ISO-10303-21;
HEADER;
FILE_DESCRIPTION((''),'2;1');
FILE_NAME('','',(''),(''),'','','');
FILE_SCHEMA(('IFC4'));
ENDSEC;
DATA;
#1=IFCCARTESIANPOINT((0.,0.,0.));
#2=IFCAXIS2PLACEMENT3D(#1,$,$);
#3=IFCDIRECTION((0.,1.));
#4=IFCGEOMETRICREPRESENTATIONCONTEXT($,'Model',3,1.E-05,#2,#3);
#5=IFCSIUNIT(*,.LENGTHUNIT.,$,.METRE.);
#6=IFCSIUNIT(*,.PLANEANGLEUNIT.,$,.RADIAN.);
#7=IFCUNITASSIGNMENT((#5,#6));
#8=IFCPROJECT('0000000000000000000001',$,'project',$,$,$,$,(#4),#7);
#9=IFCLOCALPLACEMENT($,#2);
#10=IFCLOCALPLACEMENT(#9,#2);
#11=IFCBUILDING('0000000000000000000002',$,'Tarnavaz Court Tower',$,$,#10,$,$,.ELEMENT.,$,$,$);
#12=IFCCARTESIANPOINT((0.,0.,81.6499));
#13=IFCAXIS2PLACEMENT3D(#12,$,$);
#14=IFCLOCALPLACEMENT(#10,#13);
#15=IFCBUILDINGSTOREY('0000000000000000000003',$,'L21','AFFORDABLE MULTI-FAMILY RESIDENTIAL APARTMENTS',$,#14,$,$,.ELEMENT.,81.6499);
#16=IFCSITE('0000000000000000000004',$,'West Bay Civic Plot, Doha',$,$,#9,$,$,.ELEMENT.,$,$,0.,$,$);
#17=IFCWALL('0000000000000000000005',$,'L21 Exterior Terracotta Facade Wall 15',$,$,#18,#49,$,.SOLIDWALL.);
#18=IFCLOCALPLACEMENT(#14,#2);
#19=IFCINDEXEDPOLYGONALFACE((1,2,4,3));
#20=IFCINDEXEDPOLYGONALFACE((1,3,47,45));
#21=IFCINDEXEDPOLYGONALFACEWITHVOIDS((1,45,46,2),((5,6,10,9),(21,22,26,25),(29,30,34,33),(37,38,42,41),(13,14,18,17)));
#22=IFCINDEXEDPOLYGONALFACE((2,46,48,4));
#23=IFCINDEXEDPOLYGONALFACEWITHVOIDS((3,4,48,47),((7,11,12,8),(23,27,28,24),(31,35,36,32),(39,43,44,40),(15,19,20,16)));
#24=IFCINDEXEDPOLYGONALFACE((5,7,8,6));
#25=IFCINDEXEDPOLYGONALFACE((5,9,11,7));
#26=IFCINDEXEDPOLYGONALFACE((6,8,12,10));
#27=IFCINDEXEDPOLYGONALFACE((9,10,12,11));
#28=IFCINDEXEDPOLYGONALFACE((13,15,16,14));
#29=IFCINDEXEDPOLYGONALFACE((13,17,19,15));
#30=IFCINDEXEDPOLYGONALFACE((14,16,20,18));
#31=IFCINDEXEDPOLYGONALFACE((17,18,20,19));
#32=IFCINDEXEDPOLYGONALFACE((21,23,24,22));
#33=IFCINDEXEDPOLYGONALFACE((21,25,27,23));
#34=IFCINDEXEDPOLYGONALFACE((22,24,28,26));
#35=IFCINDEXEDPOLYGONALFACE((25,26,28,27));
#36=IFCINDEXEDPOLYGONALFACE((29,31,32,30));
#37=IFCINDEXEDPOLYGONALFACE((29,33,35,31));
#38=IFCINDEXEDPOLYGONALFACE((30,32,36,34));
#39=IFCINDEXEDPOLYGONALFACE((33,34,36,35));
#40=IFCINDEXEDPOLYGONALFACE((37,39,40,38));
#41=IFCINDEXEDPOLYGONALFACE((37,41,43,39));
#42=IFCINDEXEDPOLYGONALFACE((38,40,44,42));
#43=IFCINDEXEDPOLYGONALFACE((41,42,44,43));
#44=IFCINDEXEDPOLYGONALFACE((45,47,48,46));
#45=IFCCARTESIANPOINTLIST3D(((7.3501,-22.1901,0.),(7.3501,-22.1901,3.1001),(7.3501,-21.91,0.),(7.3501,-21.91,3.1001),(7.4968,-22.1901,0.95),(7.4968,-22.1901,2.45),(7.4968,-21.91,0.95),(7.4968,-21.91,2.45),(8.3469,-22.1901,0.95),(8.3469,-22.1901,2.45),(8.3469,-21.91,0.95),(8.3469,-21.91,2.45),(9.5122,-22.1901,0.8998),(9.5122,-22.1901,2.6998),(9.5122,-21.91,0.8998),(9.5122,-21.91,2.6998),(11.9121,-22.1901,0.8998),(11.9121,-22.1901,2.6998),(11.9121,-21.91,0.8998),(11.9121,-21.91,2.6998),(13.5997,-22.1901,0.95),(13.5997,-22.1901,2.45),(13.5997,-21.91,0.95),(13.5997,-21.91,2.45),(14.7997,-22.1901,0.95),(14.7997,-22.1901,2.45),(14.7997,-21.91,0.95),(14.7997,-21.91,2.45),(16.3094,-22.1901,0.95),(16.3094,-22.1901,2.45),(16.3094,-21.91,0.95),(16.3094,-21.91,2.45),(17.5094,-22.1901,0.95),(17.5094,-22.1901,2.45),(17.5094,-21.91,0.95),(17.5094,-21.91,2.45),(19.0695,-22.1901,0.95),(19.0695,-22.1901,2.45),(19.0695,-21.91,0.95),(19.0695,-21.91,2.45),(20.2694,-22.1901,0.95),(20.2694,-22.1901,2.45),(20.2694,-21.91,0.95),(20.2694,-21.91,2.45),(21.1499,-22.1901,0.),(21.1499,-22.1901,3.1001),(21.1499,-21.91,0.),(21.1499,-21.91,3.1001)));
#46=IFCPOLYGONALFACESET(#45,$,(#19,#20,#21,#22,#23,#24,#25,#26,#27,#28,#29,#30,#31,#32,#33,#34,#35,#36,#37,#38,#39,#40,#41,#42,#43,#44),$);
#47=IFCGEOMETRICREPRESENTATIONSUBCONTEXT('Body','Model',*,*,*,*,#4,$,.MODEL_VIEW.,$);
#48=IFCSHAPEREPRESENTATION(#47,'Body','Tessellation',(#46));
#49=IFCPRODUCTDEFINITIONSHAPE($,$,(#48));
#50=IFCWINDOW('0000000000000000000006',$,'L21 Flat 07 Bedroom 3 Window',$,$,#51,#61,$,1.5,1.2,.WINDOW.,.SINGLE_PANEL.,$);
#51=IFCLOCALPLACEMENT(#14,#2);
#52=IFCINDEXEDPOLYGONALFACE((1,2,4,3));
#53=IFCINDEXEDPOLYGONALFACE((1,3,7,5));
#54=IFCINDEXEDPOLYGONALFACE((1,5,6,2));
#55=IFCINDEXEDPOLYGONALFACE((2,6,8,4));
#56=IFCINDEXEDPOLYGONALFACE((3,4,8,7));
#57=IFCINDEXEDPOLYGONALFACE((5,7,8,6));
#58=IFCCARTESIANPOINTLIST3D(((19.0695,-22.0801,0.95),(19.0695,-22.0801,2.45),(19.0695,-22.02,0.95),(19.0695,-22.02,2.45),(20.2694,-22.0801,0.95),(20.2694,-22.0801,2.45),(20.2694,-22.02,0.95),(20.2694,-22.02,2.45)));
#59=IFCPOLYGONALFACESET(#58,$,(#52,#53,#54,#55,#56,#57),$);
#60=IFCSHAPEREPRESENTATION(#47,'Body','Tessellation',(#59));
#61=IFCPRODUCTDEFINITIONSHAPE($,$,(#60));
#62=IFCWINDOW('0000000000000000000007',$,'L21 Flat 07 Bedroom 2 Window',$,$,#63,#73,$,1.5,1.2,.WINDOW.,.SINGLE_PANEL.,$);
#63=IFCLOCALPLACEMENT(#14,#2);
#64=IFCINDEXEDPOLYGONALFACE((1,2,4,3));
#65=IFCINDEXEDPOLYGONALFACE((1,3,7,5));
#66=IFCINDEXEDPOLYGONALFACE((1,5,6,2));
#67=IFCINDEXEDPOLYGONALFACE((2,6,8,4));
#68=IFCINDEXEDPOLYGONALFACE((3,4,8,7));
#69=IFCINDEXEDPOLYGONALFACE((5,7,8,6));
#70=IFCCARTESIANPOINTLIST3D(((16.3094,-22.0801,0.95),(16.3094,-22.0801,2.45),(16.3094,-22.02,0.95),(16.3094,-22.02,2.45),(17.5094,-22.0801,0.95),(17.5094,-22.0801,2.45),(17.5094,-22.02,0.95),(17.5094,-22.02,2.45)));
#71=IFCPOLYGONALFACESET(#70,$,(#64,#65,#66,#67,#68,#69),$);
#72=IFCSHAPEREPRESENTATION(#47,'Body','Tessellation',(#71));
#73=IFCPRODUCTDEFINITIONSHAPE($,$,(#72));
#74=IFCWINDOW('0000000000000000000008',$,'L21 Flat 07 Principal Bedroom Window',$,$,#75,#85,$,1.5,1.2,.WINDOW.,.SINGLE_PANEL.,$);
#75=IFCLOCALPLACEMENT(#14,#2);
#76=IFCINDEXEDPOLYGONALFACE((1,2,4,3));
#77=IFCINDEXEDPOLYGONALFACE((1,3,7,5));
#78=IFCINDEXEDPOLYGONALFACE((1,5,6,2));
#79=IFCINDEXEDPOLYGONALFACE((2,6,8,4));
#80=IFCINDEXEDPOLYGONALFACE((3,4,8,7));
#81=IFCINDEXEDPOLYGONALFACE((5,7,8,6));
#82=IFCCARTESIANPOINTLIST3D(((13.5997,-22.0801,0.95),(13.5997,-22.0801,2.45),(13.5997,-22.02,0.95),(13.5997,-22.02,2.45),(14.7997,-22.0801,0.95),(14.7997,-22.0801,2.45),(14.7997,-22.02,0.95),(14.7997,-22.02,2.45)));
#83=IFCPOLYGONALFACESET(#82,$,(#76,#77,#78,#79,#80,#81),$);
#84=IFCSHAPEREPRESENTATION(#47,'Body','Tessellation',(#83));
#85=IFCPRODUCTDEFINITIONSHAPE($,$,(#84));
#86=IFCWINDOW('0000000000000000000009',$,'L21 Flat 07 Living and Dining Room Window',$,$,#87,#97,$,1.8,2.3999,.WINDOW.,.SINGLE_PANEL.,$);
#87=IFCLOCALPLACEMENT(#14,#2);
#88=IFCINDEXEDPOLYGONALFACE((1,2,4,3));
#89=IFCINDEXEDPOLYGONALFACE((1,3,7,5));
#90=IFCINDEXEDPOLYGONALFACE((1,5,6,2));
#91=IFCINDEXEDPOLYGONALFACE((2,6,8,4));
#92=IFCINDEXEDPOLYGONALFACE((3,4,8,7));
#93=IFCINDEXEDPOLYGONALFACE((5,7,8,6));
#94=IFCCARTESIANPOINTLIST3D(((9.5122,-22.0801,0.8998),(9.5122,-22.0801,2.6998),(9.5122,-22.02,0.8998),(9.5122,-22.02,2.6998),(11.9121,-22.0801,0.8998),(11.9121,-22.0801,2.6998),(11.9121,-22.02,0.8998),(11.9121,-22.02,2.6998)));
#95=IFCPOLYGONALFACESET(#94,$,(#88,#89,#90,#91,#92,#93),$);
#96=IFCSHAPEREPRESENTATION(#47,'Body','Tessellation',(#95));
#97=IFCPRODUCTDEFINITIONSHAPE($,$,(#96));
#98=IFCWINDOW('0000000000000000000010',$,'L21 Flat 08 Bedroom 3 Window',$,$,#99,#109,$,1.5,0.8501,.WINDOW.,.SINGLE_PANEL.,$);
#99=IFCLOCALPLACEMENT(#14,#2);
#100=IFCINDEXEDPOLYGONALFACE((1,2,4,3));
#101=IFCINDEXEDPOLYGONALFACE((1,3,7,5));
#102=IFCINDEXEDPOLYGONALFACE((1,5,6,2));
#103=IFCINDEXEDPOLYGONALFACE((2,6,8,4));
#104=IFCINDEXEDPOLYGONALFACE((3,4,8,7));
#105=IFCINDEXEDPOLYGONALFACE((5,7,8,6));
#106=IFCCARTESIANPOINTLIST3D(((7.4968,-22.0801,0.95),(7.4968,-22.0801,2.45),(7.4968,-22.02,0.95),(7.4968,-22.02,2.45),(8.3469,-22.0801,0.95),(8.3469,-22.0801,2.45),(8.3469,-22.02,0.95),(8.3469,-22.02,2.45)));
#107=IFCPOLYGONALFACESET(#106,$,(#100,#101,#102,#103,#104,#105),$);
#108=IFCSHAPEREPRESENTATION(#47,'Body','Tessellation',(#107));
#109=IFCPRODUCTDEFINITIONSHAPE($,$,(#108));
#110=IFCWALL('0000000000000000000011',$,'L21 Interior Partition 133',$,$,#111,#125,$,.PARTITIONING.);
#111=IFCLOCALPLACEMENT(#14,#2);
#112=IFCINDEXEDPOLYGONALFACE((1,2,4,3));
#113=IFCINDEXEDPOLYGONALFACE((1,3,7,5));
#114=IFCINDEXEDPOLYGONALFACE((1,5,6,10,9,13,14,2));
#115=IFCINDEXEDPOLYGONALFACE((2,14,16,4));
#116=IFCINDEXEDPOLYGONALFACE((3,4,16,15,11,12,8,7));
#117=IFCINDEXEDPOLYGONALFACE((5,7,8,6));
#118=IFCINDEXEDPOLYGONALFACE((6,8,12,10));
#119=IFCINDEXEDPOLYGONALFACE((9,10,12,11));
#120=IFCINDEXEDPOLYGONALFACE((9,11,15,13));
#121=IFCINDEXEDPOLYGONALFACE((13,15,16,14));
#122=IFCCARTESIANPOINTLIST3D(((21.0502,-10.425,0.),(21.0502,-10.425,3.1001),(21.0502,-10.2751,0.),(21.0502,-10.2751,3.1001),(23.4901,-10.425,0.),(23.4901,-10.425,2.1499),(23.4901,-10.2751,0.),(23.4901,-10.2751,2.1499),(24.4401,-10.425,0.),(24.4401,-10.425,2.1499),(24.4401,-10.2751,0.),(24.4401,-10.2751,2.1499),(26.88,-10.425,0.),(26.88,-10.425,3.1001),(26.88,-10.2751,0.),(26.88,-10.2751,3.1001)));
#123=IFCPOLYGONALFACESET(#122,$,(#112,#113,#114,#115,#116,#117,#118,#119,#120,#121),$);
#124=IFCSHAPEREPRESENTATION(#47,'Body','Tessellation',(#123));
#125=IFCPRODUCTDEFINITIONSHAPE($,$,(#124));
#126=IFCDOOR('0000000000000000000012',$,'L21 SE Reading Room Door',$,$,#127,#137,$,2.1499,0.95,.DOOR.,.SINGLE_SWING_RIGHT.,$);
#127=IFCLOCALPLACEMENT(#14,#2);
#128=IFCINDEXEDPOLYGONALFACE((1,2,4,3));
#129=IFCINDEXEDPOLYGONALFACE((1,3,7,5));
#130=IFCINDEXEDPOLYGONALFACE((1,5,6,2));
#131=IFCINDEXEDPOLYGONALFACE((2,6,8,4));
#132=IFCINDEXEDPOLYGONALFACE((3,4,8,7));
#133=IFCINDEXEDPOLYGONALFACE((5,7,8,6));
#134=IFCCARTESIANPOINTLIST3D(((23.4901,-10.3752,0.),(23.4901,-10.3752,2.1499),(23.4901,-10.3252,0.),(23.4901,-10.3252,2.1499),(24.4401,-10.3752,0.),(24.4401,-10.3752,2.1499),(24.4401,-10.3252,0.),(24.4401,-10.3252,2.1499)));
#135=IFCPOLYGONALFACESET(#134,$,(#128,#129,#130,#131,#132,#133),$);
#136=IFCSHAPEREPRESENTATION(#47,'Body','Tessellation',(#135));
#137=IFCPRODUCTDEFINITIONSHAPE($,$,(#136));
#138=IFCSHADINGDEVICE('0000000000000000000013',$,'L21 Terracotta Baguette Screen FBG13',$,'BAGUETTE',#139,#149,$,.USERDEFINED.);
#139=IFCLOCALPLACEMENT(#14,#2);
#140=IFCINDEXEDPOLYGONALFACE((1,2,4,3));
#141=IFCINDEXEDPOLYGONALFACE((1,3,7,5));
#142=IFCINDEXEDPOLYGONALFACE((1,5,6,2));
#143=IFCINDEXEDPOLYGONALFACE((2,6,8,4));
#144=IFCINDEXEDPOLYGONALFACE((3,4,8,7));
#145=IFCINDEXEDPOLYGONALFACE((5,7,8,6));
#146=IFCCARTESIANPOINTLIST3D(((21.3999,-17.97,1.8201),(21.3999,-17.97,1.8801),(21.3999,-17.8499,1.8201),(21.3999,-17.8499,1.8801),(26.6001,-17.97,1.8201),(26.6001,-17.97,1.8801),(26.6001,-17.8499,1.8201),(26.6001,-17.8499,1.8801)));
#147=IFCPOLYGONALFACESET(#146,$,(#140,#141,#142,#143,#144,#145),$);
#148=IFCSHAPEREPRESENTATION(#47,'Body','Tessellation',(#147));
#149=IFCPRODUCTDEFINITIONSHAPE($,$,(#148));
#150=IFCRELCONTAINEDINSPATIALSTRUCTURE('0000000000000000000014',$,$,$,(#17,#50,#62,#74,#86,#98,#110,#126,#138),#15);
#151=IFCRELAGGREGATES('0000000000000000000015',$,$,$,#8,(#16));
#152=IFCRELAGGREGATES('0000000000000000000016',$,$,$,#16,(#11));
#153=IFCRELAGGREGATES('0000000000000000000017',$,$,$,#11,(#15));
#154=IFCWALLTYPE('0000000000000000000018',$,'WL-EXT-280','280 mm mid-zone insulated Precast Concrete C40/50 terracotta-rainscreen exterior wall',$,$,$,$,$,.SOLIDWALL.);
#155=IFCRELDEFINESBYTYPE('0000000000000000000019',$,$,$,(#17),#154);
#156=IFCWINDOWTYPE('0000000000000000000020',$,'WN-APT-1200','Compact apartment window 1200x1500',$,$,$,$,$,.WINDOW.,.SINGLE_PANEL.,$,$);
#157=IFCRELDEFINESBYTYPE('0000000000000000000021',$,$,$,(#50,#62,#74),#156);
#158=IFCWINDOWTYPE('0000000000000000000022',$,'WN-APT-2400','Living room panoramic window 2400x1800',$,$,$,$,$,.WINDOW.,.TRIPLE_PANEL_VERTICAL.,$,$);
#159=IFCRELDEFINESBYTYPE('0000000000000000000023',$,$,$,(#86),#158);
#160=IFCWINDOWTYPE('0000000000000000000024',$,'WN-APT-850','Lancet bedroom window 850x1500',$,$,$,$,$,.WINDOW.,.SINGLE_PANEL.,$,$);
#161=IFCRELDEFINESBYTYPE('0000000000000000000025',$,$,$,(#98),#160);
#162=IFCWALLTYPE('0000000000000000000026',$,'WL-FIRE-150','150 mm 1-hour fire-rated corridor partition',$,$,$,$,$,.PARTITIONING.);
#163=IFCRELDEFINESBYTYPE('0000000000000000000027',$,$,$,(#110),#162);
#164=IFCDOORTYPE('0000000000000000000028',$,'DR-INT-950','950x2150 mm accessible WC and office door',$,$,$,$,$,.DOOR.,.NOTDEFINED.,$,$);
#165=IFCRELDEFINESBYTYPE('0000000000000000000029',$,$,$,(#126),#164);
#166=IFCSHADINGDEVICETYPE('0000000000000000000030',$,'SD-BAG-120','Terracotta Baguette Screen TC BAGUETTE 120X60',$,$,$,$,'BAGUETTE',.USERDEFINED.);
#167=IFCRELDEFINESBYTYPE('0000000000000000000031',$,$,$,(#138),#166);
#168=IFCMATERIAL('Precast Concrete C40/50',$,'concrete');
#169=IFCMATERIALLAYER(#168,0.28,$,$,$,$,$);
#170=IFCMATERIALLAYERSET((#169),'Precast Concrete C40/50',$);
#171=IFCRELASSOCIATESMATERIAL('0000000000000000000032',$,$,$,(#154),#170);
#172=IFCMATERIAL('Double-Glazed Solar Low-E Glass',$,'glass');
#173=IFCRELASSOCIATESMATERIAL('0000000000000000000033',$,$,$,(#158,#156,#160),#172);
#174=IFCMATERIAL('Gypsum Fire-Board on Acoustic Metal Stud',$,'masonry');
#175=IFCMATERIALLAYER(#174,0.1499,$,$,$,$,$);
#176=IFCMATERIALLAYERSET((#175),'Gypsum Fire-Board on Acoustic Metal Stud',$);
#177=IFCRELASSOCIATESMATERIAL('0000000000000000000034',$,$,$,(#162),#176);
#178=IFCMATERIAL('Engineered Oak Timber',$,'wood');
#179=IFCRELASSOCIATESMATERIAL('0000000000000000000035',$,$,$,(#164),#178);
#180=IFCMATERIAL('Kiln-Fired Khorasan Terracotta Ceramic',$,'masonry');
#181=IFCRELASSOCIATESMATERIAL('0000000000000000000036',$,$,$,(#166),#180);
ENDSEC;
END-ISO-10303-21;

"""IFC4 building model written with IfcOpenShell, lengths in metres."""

from ifc_helpers import new_model, si_unit, direction, frame, frame_2d, origin, origin_2d, place, context, subcontext, project, spatial, rectangle, extrude, material, layer, layer_set, material_profile, profile_set, type_object, element, fill, save


model = new_model("IFC4")

# Units and contexts
model_context = context("Model", 3, precision=1e-05, world=origin(), true_north=direction((0.0, 1.0)))
body_context = subcontext(model_context, "Body", "Model", "MODEL_VIEW")
ifc_project = project(units=[si_unit("LENGTHUNIT", "METRE"), si_unit("PLANEANGLEUNIT", "RADIAN")], contexts=[model_context])

# Site, building, storey
site_placement = place(None, origin())
site = spatial("IfcSite", under=ifc_project, at=site_placement, Name="West Bay Civic Plot, Doha", CompositionType="ELEMENT", RefElevation=0.0)
building_placement = place(site_placement, origin())
building = spatial("IfcBuilding", under=site, at=building_placement, Name="Tarnavaz Court Tower", CompositionType="ELEMENT")
storey_placement = place(building_placement, frame((0.0, 0.0, 81.6499)))
storey = spatial("IfcBuildingStorey", under=building, at=storey_placement, Name="L21", Description="AFFORDABLE MULTI-FAMILY RESIDENTIAL APARTMENTS", CompositionType="ELEMENT", Elevation=81.6499)

# Shared definitions
ifc_material_1 = material(Name="Precast Concrete C40/50", Category="concrete")
ifc_layer_1 = layer(ifc_material_1, 0.28)
ifc_layer_set_1 = layer_set([ifc_layer_1], Name="Precast Concrete C40/50")
wall_type_1 = type_object("IfcWallType", Name="WL-EXT-280", Description="280 mm mid-zone insulated Precast Concrete C40/50 terracotta-rainscreen exterior wall", PredefinedType="SOLIDWALL", material=ifc_layer_set_1)
ifc_material_2 = material(Name="Double-Glazed Solar Low-E Glass", Category="glass")
window_type_1 = type_object("IfcWindowType", Name="WN-APT-2400", Description="Living room panoramic window 2400x1800", PartitioningType="TRIPLE_PANEL_VERTICAL", PredefinedType="WINDOW", material=ifc_material_2)

# Wall, openings, windows
wall_1_placement = place(storey_placement, frame((21.1499, -22.05, 0.0), z_axis=(0.0, 0.0, 1.0), x_axis=(-1.0, 0.0, 0.0)))
wall_1 = element("IfcWall", 1, at=wall_1_placement, inside=storey, type_object=wall_type_1, Name="L21 Exterior Terracotta Facade Wall 15", PredefinedType="SOLIDWALL", context=body_context, shape_type="SweptSolid", body=[
    extrude(rectangle(XDim=13.7998, YDim=0.28, at=frame_2d((6.8999, 0.0))), origin(), (0.0, 0.0, 1.0), 3.1001),
])
opening_1_placement = place(wall_1_placement, frame((0.8804, 0.0, 0.95)))
opening_1 = element("IfcOpeningElement", 2, at=opening_1_placement, cuts=wall_1, PredefinedType="OPENING", context=body_context, shape_type="SweptSolid", body=[
    extrude(rectangle(XDim=1.2, YDim=1.5, at=frame_2d((0.6001, 0.75))), frame((0.0, 0.1499, 0.0), z_axis=(0.0, -1.0, 0.0), x_axis=(1.0, 0.0, 0.0)), (0.0, 0.0, 1.0), 0.3),
])
opening_2_placement = place(wall_1_placement, frame((3.6404, 0.0, 0.95)))
opening_2 = element("IfcOpeningElement", 3, at=opening_2_placement, cuts=wall_1, PredefinedType="OPENING", context=body_context, shape_type="SweptSolid", body=[
    extrude(rectangle(XDim=1.2, YDim=1.5, at=frame_2d((0.6001, 0.75))), frame((0.0, 0.1499, 0.0), z_axis=(0.0, -1.0, 0.0), x_axis=(1.0, 0.0, 0.0)), (0.0, 0.0, 1.0), 0.3),
])
opening_3_placement = place(wall_1_placement, frame((6.3501, 0.0, 0.95)))
opening_3 = element("IfcOpeningElement", 4, at=opening_3_placement, cuts=wall_1, PredefinedType="OPENING", context=body_context, shape_type="SweptSolid", body=[
    extrude(rectangle(XDim=1.2, YDim=1.5, at=frame_2d((0.6001, 0.75))), frame((0.0, 0.1499, 0.0), z_axis=(0.0, -1.0, 0.0), x_axis=(1.0, 0.0, 0.0)), (0.0, 0.0, 1.0), 0.3),
])
opening_4_placement = place(wall_1_placement, frame((9.2378, 0.0, 0.8999)))
opening_4 = element("IfcOpeningElement", 5, at=opening_4_placement, cuts=wall_1, PredefinedType="OPENING", context=body_context, shape_type="SweptSolid", body=[
    extrude(rectangle(XDim=2.3999, YDim=1.8, at=frame_2d((1.2, 0.8999))), frame((0.0, 0.1499, 0.0), z_axis=(0.0, -1.0, 0.0), x_axis=(1.0, 0.0, 0.0)), (0.0, 0.0, 1.0), 0.3),
])
opening_5_placement = place(wall_1_placement, frame((12.803, 0.0, 0.95)))
opening_5 = element("IfcOpeningElement", 6, at=opening_5_placement, cuts=wall_1, PredefinedType="OPENING", context=body_context, shape_type="SweptSolid", body=[
    extrude(rectangle(XDim=0.8501, YDim=1.5, at=frame_2d((0.425, 0.75))), frame((0.0, 0.1499, 0.0), z_axis=(0.0, -1.0, 0.0), x_axis=(1.0, 0.0, 0.0)), (0.0, 0.0, 1.0), 0.3),
])
window_type_2 = type_object("IfcWindowType", Name="WN-APT-1200", Description="Compact apartment window 1200x1500", PartitioningType="SINGLE_PANEL", PredefinedType="WINDOW", material=ifc_material_2)
window_1_placement = place(opening_1_placement, origin())
window_1 = element("IfcWindow", 7, at=window_1_placement, inside=storey, type_object=window_type_2, Name="L21 Flat 07 Bedroom 3 Window", OverallHeight=1.5, OverallWidth=1.2, PartitioningType="SINGLE_PANEL", PredefinedType="WINDOW", context=body_context, shape_type="SweptSolid", body=[
    extrude(rectangle(XDim=1.2, YDim=1.5, at=frame_2d((0.6001, 0.75))), frame((0.0, 0.03, 0.0), z_axis=(0.0, -1.0, 0.0), x_axis=(1.0, 0.0, 0.0)), (0.0, 0.0, 1.0), 0.0601),
])
fill(opening_1, window_1)
window_2_placement = place(opening_2_placement, origin())
window_2 = element("IfcWindow", 8, at=window_2_placement, inside=storey, type_object=window_type_2, Name="L21 Flat 07 Bedroom 2 Window", OverallHeight=1.5, OverallWidth=1.2, PartitioningType="SINGLE_PANEL", PredefinedType="WINDOW", context=body_context, shape_type="SweptSolid", body=[
    extrude(rectangle(XDim=1.2, YDim=1.5, at=frame_2d((0.6001, 0.75))), frame((0.0, 0.03, 0.0), z_axis=(0.0, -1.0, 0.0), x_axis=(1.0, 0.0, 0.0)), (0.0, 0.0, 1.0), 0.0601),
])
fill(opening_2, window_2)
window_3_placement = place(opening_3_placement, origin())
window_3 = element("IfcWindow", 9, at=window_3_placement, inside=storey, type_object=window_type_2, Name="L21 Flat 07 Principal Bedroom Window", OverallHeight=1.5, OverallWidth=1.2, PartitioningType="SINGLE_PANEL", PredefinedType="WINDOW", context=body_context, shape_type="SweptSolid", body=[
    extrude(rectangle(XDim=1.2, YDim=1.5, at=frame_2d((0.6001, 0.75))), frame((0.0, 0.03, 0.0), z_axis=(0.0, -1.0, 0.0), x_axis=(1.0, 0.0, 0.0)), (0.0, 0.0, 1.0), 0.0601),
])
fill(opening_3, window_3)
window_4_placement = place(opening_4_placement, origin())
window_4 = element("IfcWindow", 10, at=window_4_placement, inside=storey, type_object=window_type_1, Name="L21 Flat 07 Living and Dining Room Window", OverallHeight=1.8, OverallWidth=2.3999, PartitioningType="SINGLE_PANEL", PredefinedType="WINDOW", context=body_context, shape_type="SweptSolid", body=[
    extrude(rectangle(XDim=2.3999, YDim=1.8, at=frame_2d((1.2, 0.8999))), frame((0.0, 0.03, 0.0), z_axis=(0.0, -1.0, 0.0), x_axis=(1.0, 0.0, 0.0)), (0.0, 0.0, 1.0), 0.0601),
])
fill(opening_4, window_4)
window_type_3 = type_object("IfcWindowType", Name="WN-APT-850", Description="Lancet bedroom window 850x1500", PartitioningType="SINGLE_PANEL", PredefinedType="WINDOW", material=ifc_material_2)
window_5_placement = place(opening_5_placement, origin())
window_5 = element("IfcWindow", 11, at=window_5_placement, inside=storey, type_object=window_type_3, Name="L21 Flat 08 Bedroom 3 Window", OverallHeight=1.5, OverallWidth=0.8501, PartitioningType="SINGLE_PANEL", PredefinedType="WINDOW", context=body_context, shape_type="SweptSolid", body=[
    extrude(rectangle(XDim=0.8501, YDim=1.5, at=frame_2d((0.425, 0.75))), frame((0.0, 0.03, 0.0), z_axis=(0.0, -1.0, 0.0), x_axis=(1.0, 0.0, 0.0)), (0.0, 0.0, 1.0), 0.0601),
])
fill(opening_5, window_5)

# Wall, opening, door
ifc_material_3 = material(Name="Gypsum Fire-Board on Acoustic Metal Stud", Category="masonry")
ifc_layer_2 = layer(ifc_material_3, 0.1499)
ifc_layer_set_2 = layer_set([ifc_layer_2], Name="Gypsum Fire-Board on Acoustic Metal Stud")
wall_type_2 = type_object("IfcWallType", Name="WL-FIRE-150", Description="150 mm 1-hour fire-rated corridor partition", PredefinedType="PARTITIONING", material=ifc_layer_set_2)
wall_2_placement = place(storey_placement, frame((21.05, -10.3501, 0.0), z_axis=(0.0, 0.0, 1.0), x_axis=(1.0, 0.0, 0.0)))
wall_2 = element("IfcWall", 12, at=wall_2_placement, inside=storey, type_object=wall_type_2, Name="L21 Interior Partition 133", PredefinedType="PARTITIONING", context=body_context, shape_type="SweptSolid", body=[
    extrude(rectangle(XDim=5.8298, YDim=0.1499, at=frame_2d((2.915, 0.0))), origin(), (0.0, 0.0, 1.0), 3.1001),
])
opening_6_placement = place(wall_2_placement, frame((2.4399, 0.0, 0.0)))
opening_6 = element("IfcOpeningElement", 13, at=opening_6_placement, cuts=wall_2, PredefinedType="OPENING", context=body_context, shape_type="SweptSolid", body=[
    extrude(rectangle(XDim=0.95, YDim=2.1499, at=frame_2d((0.4751, 1.075))), frame((0.0, 0.085, 0.0), z_axis=(0.0, -1.0, 0.0), x_axis=(1.0, 0.0, 0.0)), (0.0, 0.0, 1.0), 0.1699),
])
ifc_material_4 = material(Name="Engineered Oak Timber", Category="wood")
door_type = type_object("IfcDoorType", Name="DR-INT-950", Description="950x2150 mm accessible WC and office door", OperationType="NOTDEFINED", PredefinedType="DOOR", material=ifc_material_4)
door_placement = place(opening_6_placement, origin())
door = element("IfcDoor", 14, at=door_placement, inside=storey, type_object=door_type, Name="L21 SE Reading Room Door", OperationType="SINGLE_SWING_RIGHT", OverallHeight=2.1499, OverallWidth=0.95, PredefinedType="DOOR", context=body_context, shape_type="SweptSolid", body=[
    extrude(rectangle(XDim=0.95, YDim=2.1499, at=frame_2d((0.4751, 1.075))), frame((0.0, 0.0249, 0.0), z_axis=(0.0, -1.0, 0.0), x_axis=(1.0, 0.0, 0.0)), (0.0, 0.0, 1.0), 0.05),
])
fill(opening_6, door)

# Shading device
ifc_material_5 = material(Name="Kiln-Fired Khorasan Terracotta Ceramic", Category="masonry")
ifc_material_profile_1 = material_profile(ifc_material_5, rectangle(XDim=0.1201, YDim=0.0601, at=origin_2d()), Name="TC BAGUETTE 120X60")
ifc_profile_set_1 = profile_set([ifc_material_profile_1], Name="Kiln-Fired Khorasan Terracotta Ceramic")
shading_device_type = type_object("IfcShadingDeviceType", Name="SD-BAG-120", Description="Terracotta Baguette Screen TC BAGUETTE 120X60", ElementType="BAGUETTE", PredefinedType="USERDEFINED", material=ifc_profile_set_1)
shading_device_placement = place(storey_placement, frame((26.6001, -17.9099, 1.8501), z_axis=(-1.0, 0.0, 0.0), x_axis=(0.0, -1.0, 0.0)))
element("IfcShadingDevice", 15, at=shading_device_placement, inside=storey, type_object=shading_device_type, Name="L21 Terracotta Baguette Screen FBG13", ObjectType="BAGUETTE", PredefinedType="USERDEFINED", context=body_context, shape_type="SweptSolid", body=[
    extrude(rectangle(XDim=0.1201, YDim=0.0601, at=origin_2d()), origin(), (0.0, 0.0, 1.0), 5.2002),
])

save(model, "model.ifc")
